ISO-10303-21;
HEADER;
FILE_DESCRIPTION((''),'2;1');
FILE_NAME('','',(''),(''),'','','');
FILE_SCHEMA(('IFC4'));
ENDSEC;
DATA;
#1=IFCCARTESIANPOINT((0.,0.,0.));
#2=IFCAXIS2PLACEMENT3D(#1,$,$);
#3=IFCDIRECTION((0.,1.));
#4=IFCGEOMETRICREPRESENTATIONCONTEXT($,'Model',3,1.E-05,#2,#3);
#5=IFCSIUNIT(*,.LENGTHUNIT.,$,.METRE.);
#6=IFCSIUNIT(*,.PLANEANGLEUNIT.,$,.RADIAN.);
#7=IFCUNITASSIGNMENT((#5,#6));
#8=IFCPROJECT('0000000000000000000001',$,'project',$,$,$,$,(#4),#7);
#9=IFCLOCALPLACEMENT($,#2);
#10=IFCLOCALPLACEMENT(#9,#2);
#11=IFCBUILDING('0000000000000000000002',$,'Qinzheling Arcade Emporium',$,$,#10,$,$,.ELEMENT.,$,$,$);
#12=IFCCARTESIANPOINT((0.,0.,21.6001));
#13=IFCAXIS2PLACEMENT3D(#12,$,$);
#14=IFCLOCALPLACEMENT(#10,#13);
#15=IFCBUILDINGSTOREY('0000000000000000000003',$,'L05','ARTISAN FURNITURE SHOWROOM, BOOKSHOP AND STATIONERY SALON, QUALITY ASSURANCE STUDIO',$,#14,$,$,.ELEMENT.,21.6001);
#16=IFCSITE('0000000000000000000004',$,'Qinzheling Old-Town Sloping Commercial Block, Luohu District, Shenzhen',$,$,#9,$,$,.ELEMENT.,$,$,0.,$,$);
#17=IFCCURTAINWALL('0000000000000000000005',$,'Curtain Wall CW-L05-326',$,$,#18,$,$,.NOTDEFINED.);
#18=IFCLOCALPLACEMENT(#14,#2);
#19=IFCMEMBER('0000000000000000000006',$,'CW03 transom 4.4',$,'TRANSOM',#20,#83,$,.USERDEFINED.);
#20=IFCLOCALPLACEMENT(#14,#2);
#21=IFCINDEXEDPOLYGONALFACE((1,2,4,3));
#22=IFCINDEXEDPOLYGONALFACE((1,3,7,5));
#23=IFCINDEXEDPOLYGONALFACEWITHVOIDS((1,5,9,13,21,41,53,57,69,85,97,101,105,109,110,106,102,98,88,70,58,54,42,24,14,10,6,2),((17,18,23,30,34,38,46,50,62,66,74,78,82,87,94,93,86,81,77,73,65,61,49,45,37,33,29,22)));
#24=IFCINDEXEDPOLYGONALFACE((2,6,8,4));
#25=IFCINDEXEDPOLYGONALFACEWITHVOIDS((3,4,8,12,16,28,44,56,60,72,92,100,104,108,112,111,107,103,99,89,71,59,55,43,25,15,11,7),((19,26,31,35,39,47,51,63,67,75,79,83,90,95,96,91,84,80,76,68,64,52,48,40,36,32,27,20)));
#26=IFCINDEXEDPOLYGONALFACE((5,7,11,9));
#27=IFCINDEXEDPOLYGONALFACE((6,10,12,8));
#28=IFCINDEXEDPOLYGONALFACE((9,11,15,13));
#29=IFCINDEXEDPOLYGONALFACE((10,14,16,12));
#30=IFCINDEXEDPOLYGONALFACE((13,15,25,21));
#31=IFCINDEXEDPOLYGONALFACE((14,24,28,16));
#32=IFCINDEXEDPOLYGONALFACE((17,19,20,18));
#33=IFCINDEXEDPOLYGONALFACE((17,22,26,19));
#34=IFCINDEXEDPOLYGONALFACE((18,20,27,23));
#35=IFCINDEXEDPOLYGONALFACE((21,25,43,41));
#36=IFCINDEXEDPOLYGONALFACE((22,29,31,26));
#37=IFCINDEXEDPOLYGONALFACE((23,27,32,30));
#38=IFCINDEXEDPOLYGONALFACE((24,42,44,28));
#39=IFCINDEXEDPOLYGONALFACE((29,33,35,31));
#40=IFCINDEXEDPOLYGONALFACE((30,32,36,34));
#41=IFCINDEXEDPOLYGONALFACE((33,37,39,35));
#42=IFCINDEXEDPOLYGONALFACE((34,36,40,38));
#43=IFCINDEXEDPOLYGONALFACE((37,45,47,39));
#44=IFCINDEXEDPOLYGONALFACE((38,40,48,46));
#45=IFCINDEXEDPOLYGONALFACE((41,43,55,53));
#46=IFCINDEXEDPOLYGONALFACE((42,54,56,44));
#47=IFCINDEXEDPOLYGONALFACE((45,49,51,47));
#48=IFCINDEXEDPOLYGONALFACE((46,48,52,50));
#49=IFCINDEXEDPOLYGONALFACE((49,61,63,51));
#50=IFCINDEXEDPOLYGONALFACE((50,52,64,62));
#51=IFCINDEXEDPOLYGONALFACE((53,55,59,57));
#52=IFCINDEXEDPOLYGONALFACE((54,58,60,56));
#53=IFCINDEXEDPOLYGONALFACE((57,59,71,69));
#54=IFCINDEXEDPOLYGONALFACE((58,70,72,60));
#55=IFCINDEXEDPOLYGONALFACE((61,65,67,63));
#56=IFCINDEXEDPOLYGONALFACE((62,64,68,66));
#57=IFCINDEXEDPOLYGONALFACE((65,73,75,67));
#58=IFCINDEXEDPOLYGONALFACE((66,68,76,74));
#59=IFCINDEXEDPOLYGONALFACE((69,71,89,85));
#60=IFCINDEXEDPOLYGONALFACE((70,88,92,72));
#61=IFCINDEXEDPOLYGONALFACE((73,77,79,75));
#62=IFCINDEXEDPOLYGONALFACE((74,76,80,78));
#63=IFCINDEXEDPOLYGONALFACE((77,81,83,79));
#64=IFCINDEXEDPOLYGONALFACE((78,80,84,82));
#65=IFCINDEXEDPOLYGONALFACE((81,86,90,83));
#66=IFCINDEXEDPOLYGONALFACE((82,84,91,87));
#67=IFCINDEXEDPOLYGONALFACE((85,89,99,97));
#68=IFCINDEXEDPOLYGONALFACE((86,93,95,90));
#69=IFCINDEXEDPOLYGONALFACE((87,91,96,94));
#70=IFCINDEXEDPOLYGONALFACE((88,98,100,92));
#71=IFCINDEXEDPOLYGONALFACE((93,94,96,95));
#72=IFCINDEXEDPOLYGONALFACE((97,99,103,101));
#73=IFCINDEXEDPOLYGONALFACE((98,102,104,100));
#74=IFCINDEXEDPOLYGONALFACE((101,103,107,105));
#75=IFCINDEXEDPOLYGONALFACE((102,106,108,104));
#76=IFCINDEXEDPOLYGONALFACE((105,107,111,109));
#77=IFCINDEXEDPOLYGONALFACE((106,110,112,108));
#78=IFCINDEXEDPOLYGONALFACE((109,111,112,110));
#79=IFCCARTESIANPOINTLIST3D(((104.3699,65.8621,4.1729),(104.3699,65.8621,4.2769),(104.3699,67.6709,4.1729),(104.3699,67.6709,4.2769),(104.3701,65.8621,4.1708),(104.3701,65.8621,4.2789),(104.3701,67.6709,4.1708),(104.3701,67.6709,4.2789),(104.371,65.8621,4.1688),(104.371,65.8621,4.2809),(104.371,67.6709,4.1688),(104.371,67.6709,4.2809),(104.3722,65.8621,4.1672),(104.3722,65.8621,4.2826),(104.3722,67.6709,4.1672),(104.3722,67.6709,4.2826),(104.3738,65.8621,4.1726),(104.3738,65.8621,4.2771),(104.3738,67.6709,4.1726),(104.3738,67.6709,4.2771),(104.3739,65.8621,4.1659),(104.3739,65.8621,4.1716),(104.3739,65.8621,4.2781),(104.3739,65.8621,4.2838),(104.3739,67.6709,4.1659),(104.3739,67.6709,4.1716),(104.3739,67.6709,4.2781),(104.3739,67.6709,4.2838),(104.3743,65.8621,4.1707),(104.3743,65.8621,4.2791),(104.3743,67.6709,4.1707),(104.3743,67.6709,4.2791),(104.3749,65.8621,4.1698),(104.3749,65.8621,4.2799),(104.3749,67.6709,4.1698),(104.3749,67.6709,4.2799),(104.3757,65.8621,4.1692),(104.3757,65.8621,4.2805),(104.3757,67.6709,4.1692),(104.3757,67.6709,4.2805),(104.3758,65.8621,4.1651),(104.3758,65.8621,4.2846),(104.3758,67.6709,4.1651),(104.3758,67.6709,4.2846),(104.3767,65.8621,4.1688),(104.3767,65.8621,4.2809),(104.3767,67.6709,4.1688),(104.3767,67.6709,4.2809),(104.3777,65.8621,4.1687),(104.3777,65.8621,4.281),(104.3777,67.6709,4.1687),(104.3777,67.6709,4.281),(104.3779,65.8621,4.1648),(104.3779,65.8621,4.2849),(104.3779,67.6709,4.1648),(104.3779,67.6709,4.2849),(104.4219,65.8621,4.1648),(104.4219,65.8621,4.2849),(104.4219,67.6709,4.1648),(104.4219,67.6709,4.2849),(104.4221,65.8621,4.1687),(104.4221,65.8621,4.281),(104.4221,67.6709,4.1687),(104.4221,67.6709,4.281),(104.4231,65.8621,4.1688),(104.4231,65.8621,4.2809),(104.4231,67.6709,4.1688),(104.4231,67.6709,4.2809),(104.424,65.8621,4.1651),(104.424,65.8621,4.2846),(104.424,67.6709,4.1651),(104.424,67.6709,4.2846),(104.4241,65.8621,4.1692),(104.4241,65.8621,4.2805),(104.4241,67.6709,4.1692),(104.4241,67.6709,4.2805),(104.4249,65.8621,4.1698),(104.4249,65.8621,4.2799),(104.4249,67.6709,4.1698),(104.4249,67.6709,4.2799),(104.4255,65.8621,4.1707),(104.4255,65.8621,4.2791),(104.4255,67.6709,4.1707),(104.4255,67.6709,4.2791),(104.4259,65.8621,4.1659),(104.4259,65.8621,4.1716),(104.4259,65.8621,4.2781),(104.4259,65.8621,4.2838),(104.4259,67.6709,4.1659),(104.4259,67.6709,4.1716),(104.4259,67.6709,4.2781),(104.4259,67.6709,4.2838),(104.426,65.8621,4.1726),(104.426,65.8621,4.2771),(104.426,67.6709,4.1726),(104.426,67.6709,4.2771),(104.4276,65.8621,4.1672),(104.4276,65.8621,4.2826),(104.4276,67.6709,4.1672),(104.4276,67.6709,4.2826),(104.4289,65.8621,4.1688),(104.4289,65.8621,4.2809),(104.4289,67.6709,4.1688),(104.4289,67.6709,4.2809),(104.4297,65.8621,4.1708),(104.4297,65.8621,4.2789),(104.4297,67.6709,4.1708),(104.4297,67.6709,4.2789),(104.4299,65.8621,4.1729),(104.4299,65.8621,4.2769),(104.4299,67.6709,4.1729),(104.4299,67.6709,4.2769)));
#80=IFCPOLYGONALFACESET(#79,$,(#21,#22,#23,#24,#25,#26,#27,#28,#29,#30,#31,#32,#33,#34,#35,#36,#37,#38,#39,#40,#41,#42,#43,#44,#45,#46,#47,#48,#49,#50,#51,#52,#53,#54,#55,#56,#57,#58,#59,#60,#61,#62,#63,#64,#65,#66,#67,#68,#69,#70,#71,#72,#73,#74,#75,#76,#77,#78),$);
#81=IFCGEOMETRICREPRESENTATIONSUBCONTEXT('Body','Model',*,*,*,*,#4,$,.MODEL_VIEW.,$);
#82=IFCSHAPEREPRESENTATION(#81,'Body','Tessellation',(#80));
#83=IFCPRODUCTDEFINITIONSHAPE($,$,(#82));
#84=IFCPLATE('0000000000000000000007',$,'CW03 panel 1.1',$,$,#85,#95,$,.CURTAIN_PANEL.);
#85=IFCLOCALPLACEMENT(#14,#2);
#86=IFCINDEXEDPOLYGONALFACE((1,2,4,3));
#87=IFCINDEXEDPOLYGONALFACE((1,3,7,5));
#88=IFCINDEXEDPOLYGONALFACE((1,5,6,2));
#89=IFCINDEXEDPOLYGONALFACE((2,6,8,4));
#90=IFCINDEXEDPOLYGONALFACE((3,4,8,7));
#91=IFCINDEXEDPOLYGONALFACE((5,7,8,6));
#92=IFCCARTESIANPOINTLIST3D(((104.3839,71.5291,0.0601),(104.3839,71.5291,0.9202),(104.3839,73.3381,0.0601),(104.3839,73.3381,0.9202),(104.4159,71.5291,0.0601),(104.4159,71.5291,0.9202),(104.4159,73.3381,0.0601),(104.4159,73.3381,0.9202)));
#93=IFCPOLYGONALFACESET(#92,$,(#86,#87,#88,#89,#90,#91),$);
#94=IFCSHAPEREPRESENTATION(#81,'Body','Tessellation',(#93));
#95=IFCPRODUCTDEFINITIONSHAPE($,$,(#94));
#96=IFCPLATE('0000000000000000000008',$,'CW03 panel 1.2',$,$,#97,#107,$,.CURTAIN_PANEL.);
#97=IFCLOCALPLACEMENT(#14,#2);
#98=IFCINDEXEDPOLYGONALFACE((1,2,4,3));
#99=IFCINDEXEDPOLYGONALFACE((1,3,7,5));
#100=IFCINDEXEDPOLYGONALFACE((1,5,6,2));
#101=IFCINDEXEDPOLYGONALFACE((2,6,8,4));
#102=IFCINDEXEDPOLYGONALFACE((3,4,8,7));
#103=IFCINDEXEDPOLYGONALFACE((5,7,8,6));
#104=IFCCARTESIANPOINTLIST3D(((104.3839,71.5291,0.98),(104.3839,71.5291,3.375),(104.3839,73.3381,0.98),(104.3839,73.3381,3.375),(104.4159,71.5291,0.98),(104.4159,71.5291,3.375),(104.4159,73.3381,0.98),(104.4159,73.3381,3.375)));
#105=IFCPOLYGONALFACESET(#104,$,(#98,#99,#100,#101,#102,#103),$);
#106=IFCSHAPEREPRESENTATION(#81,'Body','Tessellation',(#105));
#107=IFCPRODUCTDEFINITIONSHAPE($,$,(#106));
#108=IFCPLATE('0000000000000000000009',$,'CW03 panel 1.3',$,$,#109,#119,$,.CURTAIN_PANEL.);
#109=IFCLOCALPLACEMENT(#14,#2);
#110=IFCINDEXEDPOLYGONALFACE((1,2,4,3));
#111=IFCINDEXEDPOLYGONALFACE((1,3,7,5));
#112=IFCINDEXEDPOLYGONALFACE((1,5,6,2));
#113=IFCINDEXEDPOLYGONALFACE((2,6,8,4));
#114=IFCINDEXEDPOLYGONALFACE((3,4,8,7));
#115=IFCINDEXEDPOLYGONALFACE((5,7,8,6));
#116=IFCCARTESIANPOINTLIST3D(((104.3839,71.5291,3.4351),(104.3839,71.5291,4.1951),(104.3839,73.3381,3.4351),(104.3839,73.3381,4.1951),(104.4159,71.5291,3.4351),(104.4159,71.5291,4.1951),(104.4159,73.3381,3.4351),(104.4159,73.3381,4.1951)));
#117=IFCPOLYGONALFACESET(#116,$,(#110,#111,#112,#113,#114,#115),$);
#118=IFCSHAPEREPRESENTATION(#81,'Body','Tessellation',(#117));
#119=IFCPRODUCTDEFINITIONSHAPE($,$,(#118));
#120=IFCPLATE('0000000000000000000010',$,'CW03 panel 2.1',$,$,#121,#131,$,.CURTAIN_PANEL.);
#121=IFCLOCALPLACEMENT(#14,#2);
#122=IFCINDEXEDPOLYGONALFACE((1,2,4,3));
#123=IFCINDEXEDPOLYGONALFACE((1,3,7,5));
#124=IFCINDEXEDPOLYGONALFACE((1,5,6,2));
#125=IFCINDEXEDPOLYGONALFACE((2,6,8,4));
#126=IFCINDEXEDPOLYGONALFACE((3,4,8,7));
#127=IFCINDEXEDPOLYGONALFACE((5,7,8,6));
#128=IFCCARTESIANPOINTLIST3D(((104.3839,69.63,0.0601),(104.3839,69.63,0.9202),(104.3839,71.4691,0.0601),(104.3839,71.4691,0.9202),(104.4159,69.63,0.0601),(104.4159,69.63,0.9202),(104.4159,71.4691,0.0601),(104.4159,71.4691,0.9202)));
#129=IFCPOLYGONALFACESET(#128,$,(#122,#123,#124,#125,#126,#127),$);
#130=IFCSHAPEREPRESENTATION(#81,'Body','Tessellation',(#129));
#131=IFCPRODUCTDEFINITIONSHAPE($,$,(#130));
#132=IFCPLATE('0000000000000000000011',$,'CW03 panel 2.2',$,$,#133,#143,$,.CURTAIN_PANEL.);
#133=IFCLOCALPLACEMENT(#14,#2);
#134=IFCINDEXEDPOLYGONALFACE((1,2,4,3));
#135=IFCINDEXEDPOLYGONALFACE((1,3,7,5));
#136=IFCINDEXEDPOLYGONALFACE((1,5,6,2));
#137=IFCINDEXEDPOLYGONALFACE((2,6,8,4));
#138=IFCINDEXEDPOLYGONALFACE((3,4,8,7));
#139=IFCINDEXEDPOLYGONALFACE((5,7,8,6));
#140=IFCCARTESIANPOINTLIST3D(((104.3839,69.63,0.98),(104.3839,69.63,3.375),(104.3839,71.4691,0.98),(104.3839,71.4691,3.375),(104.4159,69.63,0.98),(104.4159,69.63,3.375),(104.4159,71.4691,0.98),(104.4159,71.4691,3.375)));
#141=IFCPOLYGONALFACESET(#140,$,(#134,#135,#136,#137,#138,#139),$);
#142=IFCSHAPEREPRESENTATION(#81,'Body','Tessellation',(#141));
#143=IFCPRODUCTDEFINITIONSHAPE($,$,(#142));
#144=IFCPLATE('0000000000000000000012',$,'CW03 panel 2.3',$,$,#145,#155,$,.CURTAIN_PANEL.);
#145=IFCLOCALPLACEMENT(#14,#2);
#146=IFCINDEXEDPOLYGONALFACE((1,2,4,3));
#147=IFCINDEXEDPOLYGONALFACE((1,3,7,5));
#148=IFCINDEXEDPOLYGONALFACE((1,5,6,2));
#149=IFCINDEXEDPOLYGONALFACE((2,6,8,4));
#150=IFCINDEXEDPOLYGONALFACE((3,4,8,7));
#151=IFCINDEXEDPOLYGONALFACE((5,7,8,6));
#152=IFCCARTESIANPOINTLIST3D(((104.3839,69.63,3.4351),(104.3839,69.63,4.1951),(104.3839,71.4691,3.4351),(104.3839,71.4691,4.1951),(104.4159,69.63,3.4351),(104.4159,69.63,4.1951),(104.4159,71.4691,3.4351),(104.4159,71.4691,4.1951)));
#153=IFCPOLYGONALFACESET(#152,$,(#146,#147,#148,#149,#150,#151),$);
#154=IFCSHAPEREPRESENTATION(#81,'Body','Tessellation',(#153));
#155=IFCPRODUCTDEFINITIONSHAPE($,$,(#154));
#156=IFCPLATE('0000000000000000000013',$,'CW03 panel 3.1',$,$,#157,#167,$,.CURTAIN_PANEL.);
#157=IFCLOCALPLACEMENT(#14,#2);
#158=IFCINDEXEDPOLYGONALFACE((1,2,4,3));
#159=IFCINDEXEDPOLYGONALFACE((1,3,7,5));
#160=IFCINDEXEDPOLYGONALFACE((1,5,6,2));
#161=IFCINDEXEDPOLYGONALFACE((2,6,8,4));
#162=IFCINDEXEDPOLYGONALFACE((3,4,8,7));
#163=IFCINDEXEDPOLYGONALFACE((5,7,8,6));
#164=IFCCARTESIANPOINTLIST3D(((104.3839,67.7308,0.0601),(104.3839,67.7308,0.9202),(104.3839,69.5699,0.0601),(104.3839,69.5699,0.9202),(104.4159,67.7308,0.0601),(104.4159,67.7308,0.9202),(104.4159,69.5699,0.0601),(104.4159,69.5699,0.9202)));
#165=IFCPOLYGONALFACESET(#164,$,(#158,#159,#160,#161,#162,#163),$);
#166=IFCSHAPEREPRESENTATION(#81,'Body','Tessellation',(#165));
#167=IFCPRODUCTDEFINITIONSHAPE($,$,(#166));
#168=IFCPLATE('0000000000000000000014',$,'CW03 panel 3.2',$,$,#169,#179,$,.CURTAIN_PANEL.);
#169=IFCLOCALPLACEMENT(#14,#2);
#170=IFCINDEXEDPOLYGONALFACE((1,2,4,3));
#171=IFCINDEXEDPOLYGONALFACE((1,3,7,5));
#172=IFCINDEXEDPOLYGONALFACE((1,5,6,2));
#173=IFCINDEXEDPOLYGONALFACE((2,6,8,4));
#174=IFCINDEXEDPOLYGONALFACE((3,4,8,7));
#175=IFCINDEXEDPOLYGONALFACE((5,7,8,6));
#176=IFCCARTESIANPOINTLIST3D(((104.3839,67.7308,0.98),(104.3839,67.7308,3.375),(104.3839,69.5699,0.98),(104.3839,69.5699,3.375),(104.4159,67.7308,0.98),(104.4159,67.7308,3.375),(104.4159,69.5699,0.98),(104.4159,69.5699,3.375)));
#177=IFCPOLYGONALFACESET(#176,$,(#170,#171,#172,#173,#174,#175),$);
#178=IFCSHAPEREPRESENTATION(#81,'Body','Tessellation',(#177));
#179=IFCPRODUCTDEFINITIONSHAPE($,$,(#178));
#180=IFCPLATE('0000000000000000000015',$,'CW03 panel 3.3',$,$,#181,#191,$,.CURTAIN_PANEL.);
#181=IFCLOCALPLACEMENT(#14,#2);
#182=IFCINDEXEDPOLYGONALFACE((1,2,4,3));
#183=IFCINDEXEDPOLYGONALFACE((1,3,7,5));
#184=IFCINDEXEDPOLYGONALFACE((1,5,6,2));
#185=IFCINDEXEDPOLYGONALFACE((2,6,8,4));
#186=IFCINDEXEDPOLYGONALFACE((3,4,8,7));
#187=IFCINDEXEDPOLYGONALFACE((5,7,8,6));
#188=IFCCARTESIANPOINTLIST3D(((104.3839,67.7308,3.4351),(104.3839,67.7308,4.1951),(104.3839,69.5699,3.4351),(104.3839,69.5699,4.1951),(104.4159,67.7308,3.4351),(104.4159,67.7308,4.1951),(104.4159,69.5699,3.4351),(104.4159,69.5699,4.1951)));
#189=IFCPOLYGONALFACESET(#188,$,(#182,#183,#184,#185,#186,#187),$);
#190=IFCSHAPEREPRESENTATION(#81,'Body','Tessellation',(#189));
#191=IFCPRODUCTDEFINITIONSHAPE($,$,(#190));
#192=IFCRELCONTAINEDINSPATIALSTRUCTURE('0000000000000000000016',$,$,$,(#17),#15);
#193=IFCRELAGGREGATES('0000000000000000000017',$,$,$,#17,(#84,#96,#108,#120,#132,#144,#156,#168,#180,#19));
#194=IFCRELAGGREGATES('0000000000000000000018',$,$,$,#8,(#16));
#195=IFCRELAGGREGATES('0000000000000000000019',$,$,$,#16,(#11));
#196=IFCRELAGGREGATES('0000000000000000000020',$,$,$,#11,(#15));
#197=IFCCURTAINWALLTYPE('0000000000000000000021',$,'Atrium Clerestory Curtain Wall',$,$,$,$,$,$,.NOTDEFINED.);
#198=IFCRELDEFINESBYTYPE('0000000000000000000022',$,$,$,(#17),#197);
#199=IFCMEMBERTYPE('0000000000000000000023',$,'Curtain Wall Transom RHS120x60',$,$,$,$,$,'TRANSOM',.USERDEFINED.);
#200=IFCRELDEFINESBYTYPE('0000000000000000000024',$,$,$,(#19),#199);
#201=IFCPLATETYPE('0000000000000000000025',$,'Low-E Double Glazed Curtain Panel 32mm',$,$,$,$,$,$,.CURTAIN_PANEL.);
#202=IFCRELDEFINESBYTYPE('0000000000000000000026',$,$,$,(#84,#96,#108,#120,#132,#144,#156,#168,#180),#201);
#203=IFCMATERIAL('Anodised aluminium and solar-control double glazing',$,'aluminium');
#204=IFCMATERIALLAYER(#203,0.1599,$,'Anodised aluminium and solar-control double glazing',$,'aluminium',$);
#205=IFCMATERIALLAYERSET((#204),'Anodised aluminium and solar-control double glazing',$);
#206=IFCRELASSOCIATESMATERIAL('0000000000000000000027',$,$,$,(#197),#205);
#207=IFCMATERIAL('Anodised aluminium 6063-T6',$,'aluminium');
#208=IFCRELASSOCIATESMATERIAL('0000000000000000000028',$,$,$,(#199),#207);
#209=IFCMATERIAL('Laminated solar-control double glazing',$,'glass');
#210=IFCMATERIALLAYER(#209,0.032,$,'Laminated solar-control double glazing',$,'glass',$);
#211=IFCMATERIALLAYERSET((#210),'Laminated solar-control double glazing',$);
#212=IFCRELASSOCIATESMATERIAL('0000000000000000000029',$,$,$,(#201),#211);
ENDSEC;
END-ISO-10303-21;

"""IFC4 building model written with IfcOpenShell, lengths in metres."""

from ifc_helpers import new_model, si_unit, direction, frame, origin, origin_2d, place, context, subcontext, project, spatial, rectangle, hollow_rectangle, extrude, material, layer, layer_set, material_profile, profile_set, type_object, element, aggregate, save


model = new_model("IFC4")

# Units and contexts
model_context = context("Model", 3, precision=1e-05, world=origin(), true_north=direction((0.0, 1.0)))
body_context = subcontext(model_context, "Body", "Model", "MODEL_VIEW")
ifc_project = project(units=[si_unit("LENGTHUNIT", "METRE"), si_unit("PLANEANGLEUNIT", "RADIAN")], contexts=[model_context])

# Site, building, storey
site_placement = place(None, origin())
site = spatial("IfcSite", under=ifc_project, at=site_placement, Name="Qinzheling Old-Town Sloping Commercial Block, Luohu District, Shenzhen", CompositionType="ELEMENT", RefElevation=0.0)
building_placement = place(site_placement, origin())
building = spatial("IfcBuilding", under=site, at=building_placement, Name="Qinzheling Arcade Emporium", CompositionType="ELEMENT")
storey_placement = place(building_placement, frame((0.0, 0.0, 21.6001)))
storey = spatial("IfcBuildingStorey", under=building, at=storey_placement, Name="L05", Description="ARTISAN FURNITURE SHOWROOM, BOOKSHOP AND STATIONERY SALON, QUALITY ASSURANCE STUDIO", CompositionType="ELEMENT", Elevation=21.6001)

# Curtain wall, member, plates
ifc_material_1 = material(Name="Anodised aluminium and solar-control double glazing", Category="aluminium")
ifc_layer_1 = layer(ifc_material_1, 0.1599, Name="Anodised aluminium and solar-control double glazing", Category="aluminium")
ifc_layer_set_1 = layer_set([ifc_layer_1], Name="Anodised aluminium and solar-control double glazing")
curtain_wall_type = type_object("IfcCurtainWallType", Name="Atrium Clerestory Curtain Wall", PredefinedType="NOTDEFINED", material=ifc_layer_set_1)
curtain_wall_placement = place(storey_placement, origin())
curtain_wall = element("IfcCurtainWall", 1, at=curtain_wall_placement, inside=storey, type_object=curtain_wall_type, Name="Curtain Wall CW-L05-326", PredefinedType="NOTDEFINED")
ifc_material_2 = material(Name="Anodised aluminium 6063-T6", Category="aluminium")
ifc_material_profile_1 = material_profile(ifc_material_2, hollow_rectangle(XDim=0.0601, YDim=0.1201, WallThickness=0.0039, InnerFilletRadius=0.0039, OuterFilletRadius=0.0081, at=origin_2d()), Name="RHS 120x60x4", Category="aluminium")
ifc_profile_set_1 = profile_set([ifc_material_profile_1], Name="Anodised aluminium 6063-T6")
member_type_1 = type_object("IfcMemberType", Name="Curtain Wall Transom RHS120x60", ElementType="TRANSOM", PredefinedType="USERDEFINED", material=ifc_profile_set_1)
member_1_placement = place(storey_placement, frame((104.3999, 67.6709, 4.2249), z_axis=(0.0, -1.0, 0.0), x_axis=(1.0, 0.0, 0.0)))
member_1 = element("IfcMember", 2, at=member_1_placement, type_object=member_type_1, Name="CW03 transom 4.4", ObjectType="TRANSOM", PredefinedType="USERDEFINED", context=body_context, shape_type="SweptSolid", body=[
    extrude(hollow_rectangle(XDim=0.0601, YDim=0.1201, WallThickness=0.0039, InnerFilletRadius=0.0039, OuterFilletRadius=0.0081, at=origin_2d()), origin(), (0.0, 0.0, 1.0), 1.8088),
])
ifc_material_3 = material(Name="Laminated solar-control double glazing", Category="glass")
ifc_layer_2 = layer(ifc_material_3, 0.032, Name="Laminated solar-control double glazing", Category="glass")
ifc_layer_set_2 = layer_set([ifc_layer_2], Name="Laminated solar-control double glazing")
plate_type = type_object("IfcPlateType", Name="Low-E Double Glazed Curtain Panel 32mm", PredefinedType="CURTAIN_PANEL", material=ifc_layer_set_2)
plate_1_placement = place(storey_placement, frame((104.3999, 72.4336, 0.0601), z_axis=(0.0, 0.0, 1.0), x_axis=(0.0, -1.0, 0.0)))
plate_1 = element("IfcPlate", 3, at=plate_1_placement, type_object=plate_type, Name="CW03 panel 1.1", PredefinedType="CURTAIN_PANEL", context=body_context, shape_type="SweptSolid", body=[
    extrude(rectangle(XDim=1.8091, YDim=0.032, at=origin_2d()), origin(), (0.0, 0.0, 1.0), 0.8601),
])
plate_2_placement = place(storey_placement, frame((104.3999, 72.4336, 0.98), z_axis=(0.0, 0.0, 1.0), x_axis=(0.0, -1.0, 0.0)))
plate_2 = element("IfcPlate", 4, at=plate_2_placement, type_object=plate_type, Name="CW03 panel 1.2", PredefinedType="CURTAIN_PANEL", context=body_context, shape_type="SweptSolid", body=[
    extrude(rectangle(XDim=1.8091, YDim=0.032, at=origin_2d()), origin(), (0.0, 0.0, 1.0), 2.395),
])
plate_3_placement = place(storey_placement, frame((104.3999, 72.4336, 3.4351), z_axis=(0.0, 0.0, 1.0), x_axis=(0.0, -1.0, 0.0)))
plate_3 = element("IfcPlate", 5, at=plate_3_placement, type_object=plate_type, Name="CW03 panel 1.3", PredefinedType="CURTAIN_PANEL", context=body_context, shape_type="SweptSolid", body=[
    extrude(rectangle(XDim=1.8091, YDim=0.032, at=origin_2d()), origin(), (0.0, 0.0, 1.0), 0.76),
])
plate_4_placement = place(storey_placement, frame((104.3999, 70.5496, 0.0601), z_axis=(0.0, 0.0, 1.0), x_axis=(0.0, -1.0, 0.0)))
plate_4 = element("IfcPlate", 6, at=plate_4_placement, type_object=plate_type, Name="CW03 panel 2.1", PredefinedType="CURTAIN_PANEL", context=body_context, shape_type="SweptSolid", body=[
    extrude(rectangle(XDim=1.8391, YDim=0.032, at=origin_2d()), origin(), (0.0, 0.0, 1.0), 0.8601),
])
plate_5_placement = place(storey_placement, frame((104.3999, 70.5496, 0.98), z_axis=(0.0, 0.0, 1.0), x_axis=(0.0, -1.0, 0.0)))
plate_5 = element("IfcPlate", 7, at=plate_5_placement, type_object=plate_type, Name="CW03 panel 2.2", PredefinedType="CURTAIN_PANEL", context=body_context, shape_type="SweptSolid", body=[
    extrude(rectangle(XDim=1.8391, YDim=0.032, at=origin_2d()), origin(), (0.0, 0.0, 1.0), 2.395),
])
plate_6_placement = place(storey_placement, frame((104.3999, 70.5496, 3.4351), z_axis=(0.0, 0.0, 1.0), x_axis=(0.0, -1.0, 0.0)))
plate_6 = element("IfcPlate", 8, at=plate_6_placement, type_object=plate_type, Name="CW03 panel 2.3", PredefinedType="CURTAIN_PANEL", context=body_context, shape_type="SweptSolid", body=[
    extrude(rectangle(XDim=1.8391, YDim=0.032, at=origin_2d()), origin(), (0.0, 0.0, 1.0), 0.76),
])
plate_7_placement = place(storey_placement, frame((104.3999, 68.6504, 0.0601), z_axis=(0.0, 0.0, 1.0), x_axis=(0.0, -1.0, 0.0)))
plate_7 = element("IfcPlate", 9, at=plate_7_placement, type_object=plate_type, Name="CW03 panel 3.1", PredefinedType="CURTAIN_PANEL", context=body_context, shape_type="SweptSolid", body=[
    extrude(rectangle(XDim=1.8391, YDim=0.032, at=origin_2d()), origin(), (0.0, 0.0, 1.0), 0.8601),
])
plate_8_placement = place(storey_placement, frame((104.3999, 68.6504, 0.98), z_axis=(0.0, 0.0, 1.0), x_axis=(0.0, -1.0, 0.0)))
plate_8 = element("IfcPlate", 10, at=plate_8_placement, type_object=plate_type, Name="CW03 panel 3.2", PredefinedType="CURTAIN_PANEL", context=body_context, shape_type="SweptSolid", body=[
    extrude(rectangle(XDim=1.8391, YDim=0.032, at=origin_2d()), origin(), (0.0, 0.0, 1.0), 2.395),
])
plate_9_placement = place(storey_placement, frame((104.3999, 68.6504, 3.4351), z_axis=(0.0, 0.0, 1.0), x_axis=(0.0, -1.0, 0.0)))
plate_9 = element("IfcPlate", 11, at=plate_9_placement, type_object=plate_type, Name="CW03 panel 3.3", PredefinedType="CURTAIN_PANEL", context=body_context, shape_type="SweptSolid", body=[
    extrude(rectangle(XDim=1.8391, YDim=0.032, at=origin_2d()), origin(), (0.0, 0.0, 1.0), 0.76),
])
aggregate(curtain_wall, [plate_1, plate_2, plate_3, plate_4, plate_5, plate_6, plate_7, plate_8, plate_9, member_1])

save(model, "model.ifc")
